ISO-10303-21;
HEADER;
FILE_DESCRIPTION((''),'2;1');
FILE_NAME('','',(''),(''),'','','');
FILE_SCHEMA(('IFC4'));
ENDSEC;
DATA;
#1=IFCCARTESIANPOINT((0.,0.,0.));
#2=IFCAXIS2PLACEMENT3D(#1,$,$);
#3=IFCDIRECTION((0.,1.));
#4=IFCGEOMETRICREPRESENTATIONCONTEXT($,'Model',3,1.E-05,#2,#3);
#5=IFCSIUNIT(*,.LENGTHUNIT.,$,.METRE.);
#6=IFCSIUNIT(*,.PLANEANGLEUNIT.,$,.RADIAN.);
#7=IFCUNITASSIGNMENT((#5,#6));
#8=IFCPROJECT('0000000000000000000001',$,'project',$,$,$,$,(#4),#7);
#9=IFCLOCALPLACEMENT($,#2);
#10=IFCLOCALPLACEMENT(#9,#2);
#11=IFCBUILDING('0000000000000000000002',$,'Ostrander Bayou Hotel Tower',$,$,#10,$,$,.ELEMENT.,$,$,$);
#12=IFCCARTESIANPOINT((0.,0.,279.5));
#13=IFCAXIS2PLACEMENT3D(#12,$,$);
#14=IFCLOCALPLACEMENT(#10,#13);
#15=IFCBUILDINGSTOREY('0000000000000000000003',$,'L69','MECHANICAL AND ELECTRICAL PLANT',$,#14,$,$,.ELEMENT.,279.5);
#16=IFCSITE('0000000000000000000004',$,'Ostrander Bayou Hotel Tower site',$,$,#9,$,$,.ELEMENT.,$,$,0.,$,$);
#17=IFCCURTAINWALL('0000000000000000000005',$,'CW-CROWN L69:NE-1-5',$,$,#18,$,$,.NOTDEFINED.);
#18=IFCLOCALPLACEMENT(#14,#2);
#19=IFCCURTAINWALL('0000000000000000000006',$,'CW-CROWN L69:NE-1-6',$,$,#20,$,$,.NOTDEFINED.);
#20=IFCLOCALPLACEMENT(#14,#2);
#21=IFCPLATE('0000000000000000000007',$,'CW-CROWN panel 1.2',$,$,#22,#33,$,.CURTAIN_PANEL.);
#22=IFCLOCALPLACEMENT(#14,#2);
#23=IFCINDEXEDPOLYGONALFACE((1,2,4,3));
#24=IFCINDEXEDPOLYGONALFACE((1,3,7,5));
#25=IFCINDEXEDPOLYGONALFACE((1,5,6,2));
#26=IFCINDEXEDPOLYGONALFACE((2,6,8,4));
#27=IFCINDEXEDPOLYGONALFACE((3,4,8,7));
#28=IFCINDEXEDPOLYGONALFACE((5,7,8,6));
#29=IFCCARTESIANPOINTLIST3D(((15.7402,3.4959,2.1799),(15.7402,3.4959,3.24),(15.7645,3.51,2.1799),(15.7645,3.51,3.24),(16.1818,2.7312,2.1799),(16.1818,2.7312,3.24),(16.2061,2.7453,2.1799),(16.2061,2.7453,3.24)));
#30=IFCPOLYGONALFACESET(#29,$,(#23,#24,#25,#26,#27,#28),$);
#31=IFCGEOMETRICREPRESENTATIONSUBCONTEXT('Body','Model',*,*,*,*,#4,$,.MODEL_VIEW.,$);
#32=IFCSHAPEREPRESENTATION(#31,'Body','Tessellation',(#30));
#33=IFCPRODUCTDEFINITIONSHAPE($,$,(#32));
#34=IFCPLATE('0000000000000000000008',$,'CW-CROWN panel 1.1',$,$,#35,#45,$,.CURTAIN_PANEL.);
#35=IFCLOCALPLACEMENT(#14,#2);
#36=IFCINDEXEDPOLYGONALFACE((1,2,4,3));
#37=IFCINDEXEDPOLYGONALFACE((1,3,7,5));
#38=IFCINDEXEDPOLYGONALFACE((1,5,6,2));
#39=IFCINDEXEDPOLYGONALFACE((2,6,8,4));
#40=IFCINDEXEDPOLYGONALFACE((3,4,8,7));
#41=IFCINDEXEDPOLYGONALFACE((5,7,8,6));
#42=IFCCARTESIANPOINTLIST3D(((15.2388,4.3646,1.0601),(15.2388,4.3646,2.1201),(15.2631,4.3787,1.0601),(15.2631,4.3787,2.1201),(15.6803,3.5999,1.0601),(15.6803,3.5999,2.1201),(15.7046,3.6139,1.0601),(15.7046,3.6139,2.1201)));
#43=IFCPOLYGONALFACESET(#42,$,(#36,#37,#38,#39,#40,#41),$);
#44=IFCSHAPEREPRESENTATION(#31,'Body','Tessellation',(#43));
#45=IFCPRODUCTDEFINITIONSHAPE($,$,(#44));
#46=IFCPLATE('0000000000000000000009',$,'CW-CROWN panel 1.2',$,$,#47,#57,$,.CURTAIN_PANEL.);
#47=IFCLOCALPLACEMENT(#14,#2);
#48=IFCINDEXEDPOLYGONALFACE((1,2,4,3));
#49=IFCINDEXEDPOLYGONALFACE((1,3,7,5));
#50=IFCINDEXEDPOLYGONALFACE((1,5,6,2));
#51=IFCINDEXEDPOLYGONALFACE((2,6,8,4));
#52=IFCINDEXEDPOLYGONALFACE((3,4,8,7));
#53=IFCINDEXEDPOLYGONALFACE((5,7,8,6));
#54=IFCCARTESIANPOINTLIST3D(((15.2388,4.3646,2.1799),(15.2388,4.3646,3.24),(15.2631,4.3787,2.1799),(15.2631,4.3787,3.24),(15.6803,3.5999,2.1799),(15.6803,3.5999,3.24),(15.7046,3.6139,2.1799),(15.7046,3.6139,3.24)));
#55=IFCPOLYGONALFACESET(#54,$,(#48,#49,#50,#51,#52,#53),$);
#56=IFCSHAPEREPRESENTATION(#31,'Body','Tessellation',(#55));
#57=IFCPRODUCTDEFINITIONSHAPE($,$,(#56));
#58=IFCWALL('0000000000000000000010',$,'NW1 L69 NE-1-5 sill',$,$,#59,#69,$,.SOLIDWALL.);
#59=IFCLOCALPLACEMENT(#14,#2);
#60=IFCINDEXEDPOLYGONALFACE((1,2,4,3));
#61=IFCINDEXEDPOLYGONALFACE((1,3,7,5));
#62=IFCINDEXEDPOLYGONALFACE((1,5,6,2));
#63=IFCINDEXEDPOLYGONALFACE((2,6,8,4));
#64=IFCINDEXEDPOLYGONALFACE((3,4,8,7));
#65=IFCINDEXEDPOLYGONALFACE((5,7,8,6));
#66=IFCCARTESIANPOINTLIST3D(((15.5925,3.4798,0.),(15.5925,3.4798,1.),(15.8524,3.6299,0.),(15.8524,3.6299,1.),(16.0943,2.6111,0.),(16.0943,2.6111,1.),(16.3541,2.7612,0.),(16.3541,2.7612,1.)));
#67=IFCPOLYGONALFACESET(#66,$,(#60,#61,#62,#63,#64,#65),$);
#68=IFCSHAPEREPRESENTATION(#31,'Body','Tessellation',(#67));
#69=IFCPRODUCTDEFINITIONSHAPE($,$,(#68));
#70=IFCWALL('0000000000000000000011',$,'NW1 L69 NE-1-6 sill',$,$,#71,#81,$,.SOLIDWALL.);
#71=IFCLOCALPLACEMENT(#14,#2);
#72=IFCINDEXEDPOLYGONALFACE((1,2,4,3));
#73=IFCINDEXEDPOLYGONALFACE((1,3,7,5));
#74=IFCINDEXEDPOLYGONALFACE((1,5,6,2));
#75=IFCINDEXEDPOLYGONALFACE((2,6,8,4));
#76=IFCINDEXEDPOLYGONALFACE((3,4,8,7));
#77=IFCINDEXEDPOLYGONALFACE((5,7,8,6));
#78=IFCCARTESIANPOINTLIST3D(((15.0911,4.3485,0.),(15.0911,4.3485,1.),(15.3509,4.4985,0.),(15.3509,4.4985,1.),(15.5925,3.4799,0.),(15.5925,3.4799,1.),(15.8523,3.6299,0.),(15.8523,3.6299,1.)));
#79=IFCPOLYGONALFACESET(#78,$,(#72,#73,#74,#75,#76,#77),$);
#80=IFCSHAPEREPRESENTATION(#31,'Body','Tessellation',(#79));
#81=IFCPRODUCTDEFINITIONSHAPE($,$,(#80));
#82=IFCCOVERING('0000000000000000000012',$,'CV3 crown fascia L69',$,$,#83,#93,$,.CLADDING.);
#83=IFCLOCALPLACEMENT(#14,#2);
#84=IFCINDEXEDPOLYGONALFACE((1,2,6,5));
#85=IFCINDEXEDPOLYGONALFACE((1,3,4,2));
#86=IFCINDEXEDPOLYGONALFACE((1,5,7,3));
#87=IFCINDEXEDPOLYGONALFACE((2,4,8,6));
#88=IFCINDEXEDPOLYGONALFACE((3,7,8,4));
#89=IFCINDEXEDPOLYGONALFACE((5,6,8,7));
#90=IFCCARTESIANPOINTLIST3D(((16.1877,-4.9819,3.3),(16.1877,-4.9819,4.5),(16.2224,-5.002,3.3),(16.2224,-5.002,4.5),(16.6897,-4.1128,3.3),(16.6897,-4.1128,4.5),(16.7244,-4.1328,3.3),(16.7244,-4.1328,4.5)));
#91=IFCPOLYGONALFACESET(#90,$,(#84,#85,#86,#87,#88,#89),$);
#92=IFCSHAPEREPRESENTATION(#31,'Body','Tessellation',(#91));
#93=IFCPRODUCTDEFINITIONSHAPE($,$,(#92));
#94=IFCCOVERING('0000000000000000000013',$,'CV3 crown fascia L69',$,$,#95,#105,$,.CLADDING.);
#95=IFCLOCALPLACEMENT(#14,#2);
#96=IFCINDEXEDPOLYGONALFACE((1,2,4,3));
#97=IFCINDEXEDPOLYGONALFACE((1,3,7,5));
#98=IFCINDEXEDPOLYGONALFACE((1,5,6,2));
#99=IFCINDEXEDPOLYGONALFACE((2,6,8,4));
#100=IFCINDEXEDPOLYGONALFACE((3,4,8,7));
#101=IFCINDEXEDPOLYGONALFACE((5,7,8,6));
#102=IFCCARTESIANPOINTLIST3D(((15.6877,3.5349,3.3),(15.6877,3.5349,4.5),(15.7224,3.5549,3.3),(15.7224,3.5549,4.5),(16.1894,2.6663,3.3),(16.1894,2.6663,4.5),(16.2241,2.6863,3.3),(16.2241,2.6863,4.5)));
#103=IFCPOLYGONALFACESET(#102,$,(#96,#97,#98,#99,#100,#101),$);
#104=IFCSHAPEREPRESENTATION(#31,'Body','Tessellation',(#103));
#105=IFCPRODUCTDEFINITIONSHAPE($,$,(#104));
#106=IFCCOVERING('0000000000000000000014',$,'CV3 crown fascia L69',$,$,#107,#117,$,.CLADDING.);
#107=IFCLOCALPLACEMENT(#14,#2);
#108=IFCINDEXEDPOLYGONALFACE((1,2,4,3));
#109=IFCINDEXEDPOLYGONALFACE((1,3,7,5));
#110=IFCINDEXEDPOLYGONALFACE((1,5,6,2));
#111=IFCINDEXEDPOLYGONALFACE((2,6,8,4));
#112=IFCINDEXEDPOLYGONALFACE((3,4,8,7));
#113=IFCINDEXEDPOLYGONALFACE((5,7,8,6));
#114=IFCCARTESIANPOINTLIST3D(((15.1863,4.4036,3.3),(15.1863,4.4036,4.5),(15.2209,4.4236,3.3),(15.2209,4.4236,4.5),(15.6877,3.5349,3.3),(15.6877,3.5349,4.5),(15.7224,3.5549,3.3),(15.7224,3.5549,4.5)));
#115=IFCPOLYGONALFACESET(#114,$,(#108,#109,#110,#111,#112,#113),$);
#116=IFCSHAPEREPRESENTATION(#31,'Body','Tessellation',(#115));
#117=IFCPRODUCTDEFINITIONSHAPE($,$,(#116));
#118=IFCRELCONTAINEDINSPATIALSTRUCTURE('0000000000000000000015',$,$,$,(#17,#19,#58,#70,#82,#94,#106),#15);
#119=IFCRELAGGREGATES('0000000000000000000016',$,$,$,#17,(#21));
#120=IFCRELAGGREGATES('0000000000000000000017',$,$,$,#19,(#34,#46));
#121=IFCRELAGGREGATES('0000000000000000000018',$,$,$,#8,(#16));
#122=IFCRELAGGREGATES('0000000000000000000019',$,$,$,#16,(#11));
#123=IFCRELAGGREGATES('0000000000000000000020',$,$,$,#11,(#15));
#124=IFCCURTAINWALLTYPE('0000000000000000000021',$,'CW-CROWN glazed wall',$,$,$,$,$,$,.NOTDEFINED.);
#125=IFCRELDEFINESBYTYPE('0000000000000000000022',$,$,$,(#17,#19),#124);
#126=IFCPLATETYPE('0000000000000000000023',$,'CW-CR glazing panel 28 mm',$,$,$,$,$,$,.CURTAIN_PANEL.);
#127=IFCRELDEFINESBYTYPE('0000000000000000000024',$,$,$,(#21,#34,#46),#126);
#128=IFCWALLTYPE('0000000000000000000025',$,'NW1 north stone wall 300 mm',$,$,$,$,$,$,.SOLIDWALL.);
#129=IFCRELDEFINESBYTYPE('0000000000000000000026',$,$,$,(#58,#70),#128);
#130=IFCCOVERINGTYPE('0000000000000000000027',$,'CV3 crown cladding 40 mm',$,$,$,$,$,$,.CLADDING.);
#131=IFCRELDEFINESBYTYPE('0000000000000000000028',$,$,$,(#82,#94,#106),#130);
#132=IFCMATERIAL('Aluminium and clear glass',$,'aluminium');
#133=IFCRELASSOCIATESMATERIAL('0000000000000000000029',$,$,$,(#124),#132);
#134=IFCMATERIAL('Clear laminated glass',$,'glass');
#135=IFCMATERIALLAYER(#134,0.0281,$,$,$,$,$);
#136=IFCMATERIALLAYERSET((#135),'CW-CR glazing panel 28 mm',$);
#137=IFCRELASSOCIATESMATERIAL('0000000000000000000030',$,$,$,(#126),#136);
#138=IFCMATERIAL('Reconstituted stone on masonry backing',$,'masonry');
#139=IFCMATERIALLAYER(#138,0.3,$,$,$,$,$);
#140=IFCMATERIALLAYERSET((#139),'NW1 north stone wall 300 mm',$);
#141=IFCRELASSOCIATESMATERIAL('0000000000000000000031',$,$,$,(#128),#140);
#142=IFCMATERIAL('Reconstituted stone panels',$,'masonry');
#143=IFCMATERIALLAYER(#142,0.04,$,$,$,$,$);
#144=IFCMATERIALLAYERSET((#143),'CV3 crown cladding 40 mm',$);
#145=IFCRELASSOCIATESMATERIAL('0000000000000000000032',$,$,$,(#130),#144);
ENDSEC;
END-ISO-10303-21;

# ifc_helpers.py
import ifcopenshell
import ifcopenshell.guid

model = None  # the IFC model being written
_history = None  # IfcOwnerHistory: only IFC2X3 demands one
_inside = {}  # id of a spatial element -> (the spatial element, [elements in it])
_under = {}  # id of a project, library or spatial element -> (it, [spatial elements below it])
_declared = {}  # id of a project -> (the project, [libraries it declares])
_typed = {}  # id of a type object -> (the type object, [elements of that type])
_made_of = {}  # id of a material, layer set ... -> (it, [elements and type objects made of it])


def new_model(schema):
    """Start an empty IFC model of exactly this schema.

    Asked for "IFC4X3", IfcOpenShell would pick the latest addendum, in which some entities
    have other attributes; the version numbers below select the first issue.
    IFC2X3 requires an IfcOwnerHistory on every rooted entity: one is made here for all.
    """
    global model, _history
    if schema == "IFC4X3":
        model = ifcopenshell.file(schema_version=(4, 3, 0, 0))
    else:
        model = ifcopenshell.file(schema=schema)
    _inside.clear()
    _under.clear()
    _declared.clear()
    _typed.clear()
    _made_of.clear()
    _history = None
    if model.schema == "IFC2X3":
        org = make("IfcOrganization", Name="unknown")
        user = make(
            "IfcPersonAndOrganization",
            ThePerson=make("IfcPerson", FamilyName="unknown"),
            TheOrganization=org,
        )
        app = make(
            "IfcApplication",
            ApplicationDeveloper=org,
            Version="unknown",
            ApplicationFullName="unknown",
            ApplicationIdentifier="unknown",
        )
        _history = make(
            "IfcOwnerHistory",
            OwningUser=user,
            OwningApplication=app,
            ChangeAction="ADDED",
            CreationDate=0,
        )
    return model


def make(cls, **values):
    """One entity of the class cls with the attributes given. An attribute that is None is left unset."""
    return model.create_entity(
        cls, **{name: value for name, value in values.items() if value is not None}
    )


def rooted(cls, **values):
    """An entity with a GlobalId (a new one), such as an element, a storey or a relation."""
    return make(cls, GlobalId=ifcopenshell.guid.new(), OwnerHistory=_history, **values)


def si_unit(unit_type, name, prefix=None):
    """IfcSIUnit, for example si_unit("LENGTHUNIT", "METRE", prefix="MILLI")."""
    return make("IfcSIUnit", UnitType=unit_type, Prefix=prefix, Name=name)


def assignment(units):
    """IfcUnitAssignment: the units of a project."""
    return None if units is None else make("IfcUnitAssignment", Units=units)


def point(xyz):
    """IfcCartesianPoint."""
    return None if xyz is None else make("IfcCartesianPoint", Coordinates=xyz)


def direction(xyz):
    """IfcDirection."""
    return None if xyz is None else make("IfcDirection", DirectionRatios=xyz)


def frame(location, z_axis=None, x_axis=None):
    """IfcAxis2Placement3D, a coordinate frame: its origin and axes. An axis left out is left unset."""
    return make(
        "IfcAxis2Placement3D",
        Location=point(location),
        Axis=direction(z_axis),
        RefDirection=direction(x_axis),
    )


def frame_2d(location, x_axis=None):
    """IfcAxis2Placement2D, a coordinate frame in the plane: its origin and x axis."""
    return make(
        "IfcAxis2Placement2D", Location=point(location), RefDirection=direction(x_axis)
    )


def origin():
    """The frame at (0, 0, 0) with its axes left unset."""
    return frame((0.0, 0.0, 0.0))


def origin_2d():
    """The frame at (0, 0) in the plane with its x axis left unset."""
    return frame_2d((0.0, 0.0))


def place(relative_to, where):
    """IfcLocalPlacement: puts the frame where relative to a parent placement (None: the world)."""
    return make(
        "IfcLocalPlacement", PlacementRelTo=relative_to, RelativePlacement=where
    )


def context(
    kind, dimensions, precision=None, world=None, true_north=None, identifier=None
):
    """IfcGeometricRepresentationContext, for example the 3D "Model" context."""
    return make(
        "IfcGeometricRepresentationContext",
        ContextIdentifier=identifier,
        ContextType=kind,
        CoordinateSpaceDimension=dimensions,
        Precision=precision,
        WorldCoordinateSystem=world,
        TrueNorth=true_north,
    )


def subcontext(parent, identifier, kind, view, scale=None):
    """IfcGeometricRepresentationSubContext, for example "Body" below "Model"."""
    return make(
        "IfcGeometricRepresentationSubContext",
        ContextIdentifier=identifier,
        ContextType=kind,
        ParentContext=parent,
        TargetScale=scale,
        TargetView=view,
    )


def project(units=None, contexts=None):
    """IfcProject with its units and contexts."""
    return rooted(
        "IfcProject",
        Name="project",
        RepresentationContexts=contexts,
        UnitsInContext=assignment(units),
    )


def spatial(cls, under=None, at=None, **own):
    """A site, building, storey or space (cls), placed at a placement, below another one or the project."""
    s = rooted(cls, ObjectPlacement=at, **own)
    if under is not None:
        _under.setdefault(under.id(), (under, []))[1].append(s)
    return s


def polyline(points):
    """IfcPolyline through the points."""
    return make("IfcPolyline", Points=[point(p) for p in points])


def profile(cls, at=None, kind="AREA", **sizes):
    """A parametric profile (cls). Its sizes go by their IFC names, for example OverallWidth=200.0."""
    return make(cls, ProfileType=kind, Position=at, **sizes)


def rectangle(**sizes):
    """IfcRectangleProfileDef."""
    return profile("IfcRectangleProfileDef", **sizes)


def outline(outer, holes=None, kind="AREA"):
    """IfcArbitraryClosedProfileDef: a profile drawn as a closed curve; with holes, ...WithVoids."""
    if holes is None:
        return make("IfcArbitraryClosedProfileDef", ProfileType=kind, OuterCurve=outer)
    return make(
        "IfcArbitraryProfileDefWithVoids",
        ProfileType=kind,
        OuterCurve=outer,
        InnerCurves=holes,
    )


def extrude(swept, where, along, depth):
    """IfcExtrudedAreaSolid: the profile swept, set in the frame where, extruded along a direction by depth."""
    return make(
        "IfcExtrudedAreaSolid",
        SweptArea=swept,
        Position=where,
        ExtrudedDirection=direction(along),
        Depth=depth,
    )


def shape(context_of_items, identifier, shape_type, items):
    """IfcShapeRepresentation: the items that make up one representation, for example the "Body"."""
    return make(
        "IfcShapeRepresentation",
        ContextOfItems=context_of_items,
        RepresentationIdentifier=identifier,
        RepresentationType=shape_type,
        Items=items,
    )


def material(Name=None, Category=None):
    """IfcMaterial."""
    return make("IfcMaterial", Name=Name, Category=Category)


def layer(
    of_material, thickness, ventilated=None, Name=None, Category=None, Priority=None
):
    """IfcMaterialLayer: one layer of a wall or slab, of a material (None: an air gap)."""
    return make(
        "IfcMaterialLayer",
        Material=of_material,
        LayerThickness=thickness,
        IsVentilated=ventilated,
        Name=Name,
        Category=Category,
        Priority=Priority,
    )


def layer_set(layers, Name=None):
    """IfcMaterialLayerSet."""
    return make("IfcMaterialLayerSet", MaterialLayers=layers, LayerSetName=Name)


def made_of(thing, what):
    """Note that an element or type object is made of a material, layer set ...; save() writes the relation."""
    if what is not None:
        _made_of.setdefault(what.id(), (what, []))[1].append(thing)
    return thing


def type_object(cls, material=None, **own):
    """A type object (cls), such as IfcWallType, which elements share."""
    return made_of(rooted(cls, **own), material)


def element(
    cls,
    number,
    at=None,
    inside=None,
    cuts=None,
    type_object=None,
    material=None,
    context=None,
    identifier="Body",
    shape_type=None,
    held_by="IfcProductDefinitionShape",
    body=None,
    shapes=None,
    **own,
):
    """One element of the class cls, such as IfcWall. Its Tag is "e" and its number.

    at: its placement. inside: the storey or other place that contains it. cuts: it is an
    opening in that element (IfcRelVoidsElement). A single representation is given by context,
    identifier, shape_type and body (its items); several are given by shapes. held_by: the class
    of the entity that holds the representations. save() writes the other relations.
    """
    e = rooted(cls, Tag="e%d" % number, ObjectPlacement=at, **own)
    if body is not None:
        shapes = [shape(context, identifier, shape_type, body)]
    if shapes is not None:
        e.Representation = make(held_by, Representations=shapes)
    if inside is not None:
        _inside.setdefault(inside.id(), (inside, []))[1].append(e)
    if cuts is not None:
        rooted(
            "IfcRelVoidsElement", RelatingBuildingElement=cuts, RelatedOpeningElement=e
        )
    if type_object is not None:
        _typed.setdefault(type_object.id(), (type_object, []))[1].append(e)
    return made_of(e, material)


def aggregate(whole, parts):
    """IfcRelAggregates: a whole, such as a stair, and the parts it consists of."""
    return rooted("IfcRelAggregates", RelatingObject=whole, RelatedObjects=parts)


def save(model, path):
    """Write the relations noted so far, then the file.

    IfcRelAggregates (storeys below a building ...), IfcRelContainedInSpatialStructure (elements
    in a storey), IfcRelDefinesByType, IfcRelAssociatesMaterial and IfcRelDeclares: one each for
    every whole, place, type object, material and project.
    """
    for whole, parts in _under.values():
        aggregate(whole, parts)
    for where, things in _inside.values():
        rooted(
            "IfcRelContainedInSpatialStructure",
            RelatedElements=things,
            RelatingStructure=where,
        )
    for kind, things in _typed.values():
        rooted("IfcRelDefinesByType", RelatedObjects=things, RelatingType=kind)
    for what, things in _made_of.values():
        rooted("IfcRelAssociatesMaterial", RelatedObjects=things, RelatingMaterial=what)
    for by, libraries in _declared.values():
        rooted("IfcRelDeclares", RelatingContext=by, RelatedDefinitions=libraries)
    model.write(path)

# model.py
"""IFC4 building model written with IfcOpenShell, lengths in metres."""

from ifc_helpers import new_model, si_unit, direction, frame, frame_2d, origin, origin_2d, place, context, subcontext, project, spatial, polyline, rectangle, outline, extrude, material, layer, layer_set, type_object, element, aggregate, save


model = new_model("IFC4")

# Units and contexts
model_context = context("Model", 3, precision=1e-05, world=origin(), true_north=direction((0.0, 1.0)))
body_context = subcontext(model_context, "Body", "Model", "MODEL_VIEW")
ifc_project = project(units=[si_unit("LENGTHUNIT", "METRE"), si_unit("PLANEANGLEUNIT", "RADIAN")], contexts=[model_context])

# Site, building, storey
site_placement = place(None, origin())
site = spatial("IfcSite", under=ifc_project, at=site_placement, Name="Ostrander Bayou Hotel Tower site", CompositionType="ELEMENT", RefElevation=0.0)
building_placement = place(site_placement, origin())
building = spatial("IfcBuilding", under=site, at=building_placement, Name="Ostrander Bayou Hotel Tower", CompositionType="ELEMENT")
storey_placement = place(building_placement, frame((0.0, 0.0, 279.5)))
storey = spatial("IfcBuildingStorey", under=building, at=storey_placement, Name="L69", Description="MECHANICAL AND ELECTRICAL PLANT", CompositionType="ELEMENT", Elevation=279.5)

# Curtain wall
ifc_material_1 = material(Name="Aluminium and clear glass", Category="aluminium")
curtain_wall_type = type_object("IfcCurtainWallType", Name="CW-CROWN glazed wall", PredefinedType="NOTDEFINED", material=ifc_material_1)
curtain_wall_1_placement = place(storey_placement, origin())
curtain_wall_1 = element("IfcCurtainWall", 1, at=curtain_wall_1_placement, inside=storey, type_object=curtain_wall_type, Name="CW-CROWN L69:NE-1-5", PredefinedType="NOTDEFINED")

# Curtain wall
curtain_wall_2_placement = place(storey_placement, origin())
curtain_wall_2 = element("IfcCurtainWall", 2, at=curtain_wall_2_placement, inside=storey, type_object=curtain_wall_type, Name="CW-CROWN L69:NE-1-6", PredefinedType="NOTDEFINED")

# Plates
ifc_material_2 = material(Name="Clear laminated glass", Category="glass")
ifc_layer_1 = layer(ifc_material_2, 0.0281)
ifc_layer_set_1 = layer_set([ifc_layer_1], Name="CW-CR glazing panel 28 mm")
plate_type = type_object("IfcPlateType", Name="CW-CR glazing panel 28 mm", PredefinedType="CURTAIN_PANEL", material=ifc_layer_set_1)
plate_1_placement = place(storey_placement, frame((15.9731, 3.1206, 2.1799), z_axis=(0.0, 0.0, 1.0), x_axis=(-0.500042, 0.866001, 0.0)))
plate_1 = element("IfcPlate", 3, at=plate_1_placement, type_object=plate_type, Name="CW-CROWN panel 1.2", PredefinedType="CURTAIN_PANEL", context=body_context, shape_type="SweptSolid", body=[
    extrude(rectangle(XDim=0.8831, YDim=0.0281, at=origin_2d()), origin(), (0.0, 0.0, 1.0), 1.0601),
])
aggregate(curtain_wall_1, [plate_1])
plate_2_placement = place(storey_placement, frame((15.4717, 3.9893, 1.0601), z_axis=(0.0, 0.0, 1.0), x_axis=(-0.499967, 0.866044, 0.0)))
plate_2 = element("IfcPlate", 4, at=plate_2_placement, type_object=plate_type, Name="CW-CROWN panel 1.1", PredefinedType="CURTAIN_PANEL", context=body_context, shape_type="SweptSolid", body=[
    extrude(rectangle(XDim=0.8831, YDim=0.0281, at=origin_2d()), origin(), (0.0, 0.0, 1.0), 1.0601),
])
plate_3_placement = place(storey_placement, frame((15.4717, 3.9893, 2.1799), z_axis=(0.0, 0.0, 1.0), x_axis=(-0.499967, 0.866044, 0.0)))
plate_3 = element("IfcPlate", 5, at=plate_3_placement, type_object=plate_type, Name="CW-CROWN panel 1.2", PredefinedType="CURTAIN_PANEL", context=body_context, shape_type="SweptSolid", body=[
    extrude(rectangle(XDim=0.8831, YDim=0.0281, at=origin_2d()), origin(), (0.0, 0.0, 1.0), 1.0601),
])
aggregate(curtain_wall_2, [plate_2, plate_3])

# Walls
ifc_material_3 = material(Name="Reconstituted stone on masonry backing", Category="masonry")
ifc_layer_2 = layer(ifc_material_3, 0.3)
ifc_layer_set_2 = layer_set([ifc_layer_2], Name="NW1 north stone wall 300 mm")
wall_type = type_object("IfcWallType", Name="NW1 north stone wall 300 mm", PredefinedType="SOLIDWALL", material=ifc_layer_set_2)
wall_1_placement = place(storey_placement, frame((16.2241, 2.6863, 0.0), z_axis=(0.0, 0.0, 1.0), x_axis=(-0.500144, 0.865942, 0.0)))
element("IfcWall", 6, at=wall_1_placement, inside=storey, type_object=wall_type, Name="NW1 L69 NE-1-5 sill", PredefinedType="SOLIDWALL", context=body_context, shape_type="SweptSolid", body=[
    extrude(rectangle(XDim=1.0032, YDim=0.3, at=frame_2d((0.5015, 0.0))), origin(), (0.0, 0.0, 1.0), 1.0),
])
wall_2_placement = place(storey_placement, frame((15.7224, 3.5549, 0.0), z_axis=(0.0, 0.0, 1.0), x_axis=(-0.499961, 0.866048, 0.0)))
element("IfcWall", 7, at=wall_2_placement, inside=storey, type_object=wall_type, Name="NW1 L69 NE-1-6 sill", PredefinedType="SOLIDWALL", context=body_context, shape_type="SweptSolid", body=[
    extrude(rectangle(XDim=1.0029, YDim=0.3, at=frame_2d((0.5015, 0.0))), origin(), (0.0, 0.0, 1.0), 1.0),
])

# Coverings
ifc_material_4 = material(Name="Reconstituted stone panels", Category="masonry")
ifc_layer_3 = layer(ifc_material_4, 0.04)
ifc_layer_set_3 = layer_set([ifc_layer_3], Name="CV3 crown cladding 40 mm")
covering_type = type_object("IfcCoveringType", Name="CV3 crown cladding 40 mm", PredefinedType="CLADDING", material=ifc_layer_set_3)
covering_1_placement = place(storey_placement, frame((16.2224, -5.002, 3.3), z_axis=(0.865959, -0.500115, 0.0), x_axis=(0.500115, 0.865959, 0.0)))
element("IfcCovering", 8, at=covering_1_placement, inside=storey, type_object=covering_type, Name="CV3 crown fascia L69", PredefinedType="CLADDING", context=body_context, shape_type="SweptSolid", body=[
    extrude(outline(polyline([(0.0, 0.0), (1.0037, 0.0), (1.0037, 1.2), (0.0, 1.2), (0.0, 0.0)])), origin(), (0.0, 0.0, -1.0), 0.04),
])
covering_2_placement = place(storey_placement, frame((16.2241, 2.6863, 3.3), z_axis=(0.865942, 0.500144, 0.0), x_axis=(-0.500144, 0.865942, 0.0)))
element("IfcCovering", 9, at=covering_2_placement, inside=storey, type_object=covering_type, Name="CV3 crown fascia L69", PredefinedType="CLADDING", context=body_context, shape_type="SweptSolid", body=[
    extrude(outline(polyline([(0.0, 0.0), (1.0031, 0.0), (1.0031, 1.2), (0.0, 1.2), (0.0, 0.0)])), origin(), (0.0, 0.0, -1.0), 0.04),
])
covering_3_placement = place(storey_placement, frame((15.7224, 3.5549, 3.3), z_axis=(0.866048, 0.499961, 0.0), x_axis=(-0.499961, 0.866048, 0.0)))
element("IfcCovering", 10, at=covering_3_placement, inside=storey, type_object=covering_type, Name="CV3 crown fascia L69", PredefinedType="CLADDING", context=body_context, shape_type="SweptSolid", body=[
    extrude(outline(polyline([(0.0, 0.0), (1.003, 0.0), (1.003, 1.2), (0.0, 1.2), (0.0, 0.0)])), origin(), (0.0, 0.0, -1.0), 0.04),
])

save(model, "model.ifc")
